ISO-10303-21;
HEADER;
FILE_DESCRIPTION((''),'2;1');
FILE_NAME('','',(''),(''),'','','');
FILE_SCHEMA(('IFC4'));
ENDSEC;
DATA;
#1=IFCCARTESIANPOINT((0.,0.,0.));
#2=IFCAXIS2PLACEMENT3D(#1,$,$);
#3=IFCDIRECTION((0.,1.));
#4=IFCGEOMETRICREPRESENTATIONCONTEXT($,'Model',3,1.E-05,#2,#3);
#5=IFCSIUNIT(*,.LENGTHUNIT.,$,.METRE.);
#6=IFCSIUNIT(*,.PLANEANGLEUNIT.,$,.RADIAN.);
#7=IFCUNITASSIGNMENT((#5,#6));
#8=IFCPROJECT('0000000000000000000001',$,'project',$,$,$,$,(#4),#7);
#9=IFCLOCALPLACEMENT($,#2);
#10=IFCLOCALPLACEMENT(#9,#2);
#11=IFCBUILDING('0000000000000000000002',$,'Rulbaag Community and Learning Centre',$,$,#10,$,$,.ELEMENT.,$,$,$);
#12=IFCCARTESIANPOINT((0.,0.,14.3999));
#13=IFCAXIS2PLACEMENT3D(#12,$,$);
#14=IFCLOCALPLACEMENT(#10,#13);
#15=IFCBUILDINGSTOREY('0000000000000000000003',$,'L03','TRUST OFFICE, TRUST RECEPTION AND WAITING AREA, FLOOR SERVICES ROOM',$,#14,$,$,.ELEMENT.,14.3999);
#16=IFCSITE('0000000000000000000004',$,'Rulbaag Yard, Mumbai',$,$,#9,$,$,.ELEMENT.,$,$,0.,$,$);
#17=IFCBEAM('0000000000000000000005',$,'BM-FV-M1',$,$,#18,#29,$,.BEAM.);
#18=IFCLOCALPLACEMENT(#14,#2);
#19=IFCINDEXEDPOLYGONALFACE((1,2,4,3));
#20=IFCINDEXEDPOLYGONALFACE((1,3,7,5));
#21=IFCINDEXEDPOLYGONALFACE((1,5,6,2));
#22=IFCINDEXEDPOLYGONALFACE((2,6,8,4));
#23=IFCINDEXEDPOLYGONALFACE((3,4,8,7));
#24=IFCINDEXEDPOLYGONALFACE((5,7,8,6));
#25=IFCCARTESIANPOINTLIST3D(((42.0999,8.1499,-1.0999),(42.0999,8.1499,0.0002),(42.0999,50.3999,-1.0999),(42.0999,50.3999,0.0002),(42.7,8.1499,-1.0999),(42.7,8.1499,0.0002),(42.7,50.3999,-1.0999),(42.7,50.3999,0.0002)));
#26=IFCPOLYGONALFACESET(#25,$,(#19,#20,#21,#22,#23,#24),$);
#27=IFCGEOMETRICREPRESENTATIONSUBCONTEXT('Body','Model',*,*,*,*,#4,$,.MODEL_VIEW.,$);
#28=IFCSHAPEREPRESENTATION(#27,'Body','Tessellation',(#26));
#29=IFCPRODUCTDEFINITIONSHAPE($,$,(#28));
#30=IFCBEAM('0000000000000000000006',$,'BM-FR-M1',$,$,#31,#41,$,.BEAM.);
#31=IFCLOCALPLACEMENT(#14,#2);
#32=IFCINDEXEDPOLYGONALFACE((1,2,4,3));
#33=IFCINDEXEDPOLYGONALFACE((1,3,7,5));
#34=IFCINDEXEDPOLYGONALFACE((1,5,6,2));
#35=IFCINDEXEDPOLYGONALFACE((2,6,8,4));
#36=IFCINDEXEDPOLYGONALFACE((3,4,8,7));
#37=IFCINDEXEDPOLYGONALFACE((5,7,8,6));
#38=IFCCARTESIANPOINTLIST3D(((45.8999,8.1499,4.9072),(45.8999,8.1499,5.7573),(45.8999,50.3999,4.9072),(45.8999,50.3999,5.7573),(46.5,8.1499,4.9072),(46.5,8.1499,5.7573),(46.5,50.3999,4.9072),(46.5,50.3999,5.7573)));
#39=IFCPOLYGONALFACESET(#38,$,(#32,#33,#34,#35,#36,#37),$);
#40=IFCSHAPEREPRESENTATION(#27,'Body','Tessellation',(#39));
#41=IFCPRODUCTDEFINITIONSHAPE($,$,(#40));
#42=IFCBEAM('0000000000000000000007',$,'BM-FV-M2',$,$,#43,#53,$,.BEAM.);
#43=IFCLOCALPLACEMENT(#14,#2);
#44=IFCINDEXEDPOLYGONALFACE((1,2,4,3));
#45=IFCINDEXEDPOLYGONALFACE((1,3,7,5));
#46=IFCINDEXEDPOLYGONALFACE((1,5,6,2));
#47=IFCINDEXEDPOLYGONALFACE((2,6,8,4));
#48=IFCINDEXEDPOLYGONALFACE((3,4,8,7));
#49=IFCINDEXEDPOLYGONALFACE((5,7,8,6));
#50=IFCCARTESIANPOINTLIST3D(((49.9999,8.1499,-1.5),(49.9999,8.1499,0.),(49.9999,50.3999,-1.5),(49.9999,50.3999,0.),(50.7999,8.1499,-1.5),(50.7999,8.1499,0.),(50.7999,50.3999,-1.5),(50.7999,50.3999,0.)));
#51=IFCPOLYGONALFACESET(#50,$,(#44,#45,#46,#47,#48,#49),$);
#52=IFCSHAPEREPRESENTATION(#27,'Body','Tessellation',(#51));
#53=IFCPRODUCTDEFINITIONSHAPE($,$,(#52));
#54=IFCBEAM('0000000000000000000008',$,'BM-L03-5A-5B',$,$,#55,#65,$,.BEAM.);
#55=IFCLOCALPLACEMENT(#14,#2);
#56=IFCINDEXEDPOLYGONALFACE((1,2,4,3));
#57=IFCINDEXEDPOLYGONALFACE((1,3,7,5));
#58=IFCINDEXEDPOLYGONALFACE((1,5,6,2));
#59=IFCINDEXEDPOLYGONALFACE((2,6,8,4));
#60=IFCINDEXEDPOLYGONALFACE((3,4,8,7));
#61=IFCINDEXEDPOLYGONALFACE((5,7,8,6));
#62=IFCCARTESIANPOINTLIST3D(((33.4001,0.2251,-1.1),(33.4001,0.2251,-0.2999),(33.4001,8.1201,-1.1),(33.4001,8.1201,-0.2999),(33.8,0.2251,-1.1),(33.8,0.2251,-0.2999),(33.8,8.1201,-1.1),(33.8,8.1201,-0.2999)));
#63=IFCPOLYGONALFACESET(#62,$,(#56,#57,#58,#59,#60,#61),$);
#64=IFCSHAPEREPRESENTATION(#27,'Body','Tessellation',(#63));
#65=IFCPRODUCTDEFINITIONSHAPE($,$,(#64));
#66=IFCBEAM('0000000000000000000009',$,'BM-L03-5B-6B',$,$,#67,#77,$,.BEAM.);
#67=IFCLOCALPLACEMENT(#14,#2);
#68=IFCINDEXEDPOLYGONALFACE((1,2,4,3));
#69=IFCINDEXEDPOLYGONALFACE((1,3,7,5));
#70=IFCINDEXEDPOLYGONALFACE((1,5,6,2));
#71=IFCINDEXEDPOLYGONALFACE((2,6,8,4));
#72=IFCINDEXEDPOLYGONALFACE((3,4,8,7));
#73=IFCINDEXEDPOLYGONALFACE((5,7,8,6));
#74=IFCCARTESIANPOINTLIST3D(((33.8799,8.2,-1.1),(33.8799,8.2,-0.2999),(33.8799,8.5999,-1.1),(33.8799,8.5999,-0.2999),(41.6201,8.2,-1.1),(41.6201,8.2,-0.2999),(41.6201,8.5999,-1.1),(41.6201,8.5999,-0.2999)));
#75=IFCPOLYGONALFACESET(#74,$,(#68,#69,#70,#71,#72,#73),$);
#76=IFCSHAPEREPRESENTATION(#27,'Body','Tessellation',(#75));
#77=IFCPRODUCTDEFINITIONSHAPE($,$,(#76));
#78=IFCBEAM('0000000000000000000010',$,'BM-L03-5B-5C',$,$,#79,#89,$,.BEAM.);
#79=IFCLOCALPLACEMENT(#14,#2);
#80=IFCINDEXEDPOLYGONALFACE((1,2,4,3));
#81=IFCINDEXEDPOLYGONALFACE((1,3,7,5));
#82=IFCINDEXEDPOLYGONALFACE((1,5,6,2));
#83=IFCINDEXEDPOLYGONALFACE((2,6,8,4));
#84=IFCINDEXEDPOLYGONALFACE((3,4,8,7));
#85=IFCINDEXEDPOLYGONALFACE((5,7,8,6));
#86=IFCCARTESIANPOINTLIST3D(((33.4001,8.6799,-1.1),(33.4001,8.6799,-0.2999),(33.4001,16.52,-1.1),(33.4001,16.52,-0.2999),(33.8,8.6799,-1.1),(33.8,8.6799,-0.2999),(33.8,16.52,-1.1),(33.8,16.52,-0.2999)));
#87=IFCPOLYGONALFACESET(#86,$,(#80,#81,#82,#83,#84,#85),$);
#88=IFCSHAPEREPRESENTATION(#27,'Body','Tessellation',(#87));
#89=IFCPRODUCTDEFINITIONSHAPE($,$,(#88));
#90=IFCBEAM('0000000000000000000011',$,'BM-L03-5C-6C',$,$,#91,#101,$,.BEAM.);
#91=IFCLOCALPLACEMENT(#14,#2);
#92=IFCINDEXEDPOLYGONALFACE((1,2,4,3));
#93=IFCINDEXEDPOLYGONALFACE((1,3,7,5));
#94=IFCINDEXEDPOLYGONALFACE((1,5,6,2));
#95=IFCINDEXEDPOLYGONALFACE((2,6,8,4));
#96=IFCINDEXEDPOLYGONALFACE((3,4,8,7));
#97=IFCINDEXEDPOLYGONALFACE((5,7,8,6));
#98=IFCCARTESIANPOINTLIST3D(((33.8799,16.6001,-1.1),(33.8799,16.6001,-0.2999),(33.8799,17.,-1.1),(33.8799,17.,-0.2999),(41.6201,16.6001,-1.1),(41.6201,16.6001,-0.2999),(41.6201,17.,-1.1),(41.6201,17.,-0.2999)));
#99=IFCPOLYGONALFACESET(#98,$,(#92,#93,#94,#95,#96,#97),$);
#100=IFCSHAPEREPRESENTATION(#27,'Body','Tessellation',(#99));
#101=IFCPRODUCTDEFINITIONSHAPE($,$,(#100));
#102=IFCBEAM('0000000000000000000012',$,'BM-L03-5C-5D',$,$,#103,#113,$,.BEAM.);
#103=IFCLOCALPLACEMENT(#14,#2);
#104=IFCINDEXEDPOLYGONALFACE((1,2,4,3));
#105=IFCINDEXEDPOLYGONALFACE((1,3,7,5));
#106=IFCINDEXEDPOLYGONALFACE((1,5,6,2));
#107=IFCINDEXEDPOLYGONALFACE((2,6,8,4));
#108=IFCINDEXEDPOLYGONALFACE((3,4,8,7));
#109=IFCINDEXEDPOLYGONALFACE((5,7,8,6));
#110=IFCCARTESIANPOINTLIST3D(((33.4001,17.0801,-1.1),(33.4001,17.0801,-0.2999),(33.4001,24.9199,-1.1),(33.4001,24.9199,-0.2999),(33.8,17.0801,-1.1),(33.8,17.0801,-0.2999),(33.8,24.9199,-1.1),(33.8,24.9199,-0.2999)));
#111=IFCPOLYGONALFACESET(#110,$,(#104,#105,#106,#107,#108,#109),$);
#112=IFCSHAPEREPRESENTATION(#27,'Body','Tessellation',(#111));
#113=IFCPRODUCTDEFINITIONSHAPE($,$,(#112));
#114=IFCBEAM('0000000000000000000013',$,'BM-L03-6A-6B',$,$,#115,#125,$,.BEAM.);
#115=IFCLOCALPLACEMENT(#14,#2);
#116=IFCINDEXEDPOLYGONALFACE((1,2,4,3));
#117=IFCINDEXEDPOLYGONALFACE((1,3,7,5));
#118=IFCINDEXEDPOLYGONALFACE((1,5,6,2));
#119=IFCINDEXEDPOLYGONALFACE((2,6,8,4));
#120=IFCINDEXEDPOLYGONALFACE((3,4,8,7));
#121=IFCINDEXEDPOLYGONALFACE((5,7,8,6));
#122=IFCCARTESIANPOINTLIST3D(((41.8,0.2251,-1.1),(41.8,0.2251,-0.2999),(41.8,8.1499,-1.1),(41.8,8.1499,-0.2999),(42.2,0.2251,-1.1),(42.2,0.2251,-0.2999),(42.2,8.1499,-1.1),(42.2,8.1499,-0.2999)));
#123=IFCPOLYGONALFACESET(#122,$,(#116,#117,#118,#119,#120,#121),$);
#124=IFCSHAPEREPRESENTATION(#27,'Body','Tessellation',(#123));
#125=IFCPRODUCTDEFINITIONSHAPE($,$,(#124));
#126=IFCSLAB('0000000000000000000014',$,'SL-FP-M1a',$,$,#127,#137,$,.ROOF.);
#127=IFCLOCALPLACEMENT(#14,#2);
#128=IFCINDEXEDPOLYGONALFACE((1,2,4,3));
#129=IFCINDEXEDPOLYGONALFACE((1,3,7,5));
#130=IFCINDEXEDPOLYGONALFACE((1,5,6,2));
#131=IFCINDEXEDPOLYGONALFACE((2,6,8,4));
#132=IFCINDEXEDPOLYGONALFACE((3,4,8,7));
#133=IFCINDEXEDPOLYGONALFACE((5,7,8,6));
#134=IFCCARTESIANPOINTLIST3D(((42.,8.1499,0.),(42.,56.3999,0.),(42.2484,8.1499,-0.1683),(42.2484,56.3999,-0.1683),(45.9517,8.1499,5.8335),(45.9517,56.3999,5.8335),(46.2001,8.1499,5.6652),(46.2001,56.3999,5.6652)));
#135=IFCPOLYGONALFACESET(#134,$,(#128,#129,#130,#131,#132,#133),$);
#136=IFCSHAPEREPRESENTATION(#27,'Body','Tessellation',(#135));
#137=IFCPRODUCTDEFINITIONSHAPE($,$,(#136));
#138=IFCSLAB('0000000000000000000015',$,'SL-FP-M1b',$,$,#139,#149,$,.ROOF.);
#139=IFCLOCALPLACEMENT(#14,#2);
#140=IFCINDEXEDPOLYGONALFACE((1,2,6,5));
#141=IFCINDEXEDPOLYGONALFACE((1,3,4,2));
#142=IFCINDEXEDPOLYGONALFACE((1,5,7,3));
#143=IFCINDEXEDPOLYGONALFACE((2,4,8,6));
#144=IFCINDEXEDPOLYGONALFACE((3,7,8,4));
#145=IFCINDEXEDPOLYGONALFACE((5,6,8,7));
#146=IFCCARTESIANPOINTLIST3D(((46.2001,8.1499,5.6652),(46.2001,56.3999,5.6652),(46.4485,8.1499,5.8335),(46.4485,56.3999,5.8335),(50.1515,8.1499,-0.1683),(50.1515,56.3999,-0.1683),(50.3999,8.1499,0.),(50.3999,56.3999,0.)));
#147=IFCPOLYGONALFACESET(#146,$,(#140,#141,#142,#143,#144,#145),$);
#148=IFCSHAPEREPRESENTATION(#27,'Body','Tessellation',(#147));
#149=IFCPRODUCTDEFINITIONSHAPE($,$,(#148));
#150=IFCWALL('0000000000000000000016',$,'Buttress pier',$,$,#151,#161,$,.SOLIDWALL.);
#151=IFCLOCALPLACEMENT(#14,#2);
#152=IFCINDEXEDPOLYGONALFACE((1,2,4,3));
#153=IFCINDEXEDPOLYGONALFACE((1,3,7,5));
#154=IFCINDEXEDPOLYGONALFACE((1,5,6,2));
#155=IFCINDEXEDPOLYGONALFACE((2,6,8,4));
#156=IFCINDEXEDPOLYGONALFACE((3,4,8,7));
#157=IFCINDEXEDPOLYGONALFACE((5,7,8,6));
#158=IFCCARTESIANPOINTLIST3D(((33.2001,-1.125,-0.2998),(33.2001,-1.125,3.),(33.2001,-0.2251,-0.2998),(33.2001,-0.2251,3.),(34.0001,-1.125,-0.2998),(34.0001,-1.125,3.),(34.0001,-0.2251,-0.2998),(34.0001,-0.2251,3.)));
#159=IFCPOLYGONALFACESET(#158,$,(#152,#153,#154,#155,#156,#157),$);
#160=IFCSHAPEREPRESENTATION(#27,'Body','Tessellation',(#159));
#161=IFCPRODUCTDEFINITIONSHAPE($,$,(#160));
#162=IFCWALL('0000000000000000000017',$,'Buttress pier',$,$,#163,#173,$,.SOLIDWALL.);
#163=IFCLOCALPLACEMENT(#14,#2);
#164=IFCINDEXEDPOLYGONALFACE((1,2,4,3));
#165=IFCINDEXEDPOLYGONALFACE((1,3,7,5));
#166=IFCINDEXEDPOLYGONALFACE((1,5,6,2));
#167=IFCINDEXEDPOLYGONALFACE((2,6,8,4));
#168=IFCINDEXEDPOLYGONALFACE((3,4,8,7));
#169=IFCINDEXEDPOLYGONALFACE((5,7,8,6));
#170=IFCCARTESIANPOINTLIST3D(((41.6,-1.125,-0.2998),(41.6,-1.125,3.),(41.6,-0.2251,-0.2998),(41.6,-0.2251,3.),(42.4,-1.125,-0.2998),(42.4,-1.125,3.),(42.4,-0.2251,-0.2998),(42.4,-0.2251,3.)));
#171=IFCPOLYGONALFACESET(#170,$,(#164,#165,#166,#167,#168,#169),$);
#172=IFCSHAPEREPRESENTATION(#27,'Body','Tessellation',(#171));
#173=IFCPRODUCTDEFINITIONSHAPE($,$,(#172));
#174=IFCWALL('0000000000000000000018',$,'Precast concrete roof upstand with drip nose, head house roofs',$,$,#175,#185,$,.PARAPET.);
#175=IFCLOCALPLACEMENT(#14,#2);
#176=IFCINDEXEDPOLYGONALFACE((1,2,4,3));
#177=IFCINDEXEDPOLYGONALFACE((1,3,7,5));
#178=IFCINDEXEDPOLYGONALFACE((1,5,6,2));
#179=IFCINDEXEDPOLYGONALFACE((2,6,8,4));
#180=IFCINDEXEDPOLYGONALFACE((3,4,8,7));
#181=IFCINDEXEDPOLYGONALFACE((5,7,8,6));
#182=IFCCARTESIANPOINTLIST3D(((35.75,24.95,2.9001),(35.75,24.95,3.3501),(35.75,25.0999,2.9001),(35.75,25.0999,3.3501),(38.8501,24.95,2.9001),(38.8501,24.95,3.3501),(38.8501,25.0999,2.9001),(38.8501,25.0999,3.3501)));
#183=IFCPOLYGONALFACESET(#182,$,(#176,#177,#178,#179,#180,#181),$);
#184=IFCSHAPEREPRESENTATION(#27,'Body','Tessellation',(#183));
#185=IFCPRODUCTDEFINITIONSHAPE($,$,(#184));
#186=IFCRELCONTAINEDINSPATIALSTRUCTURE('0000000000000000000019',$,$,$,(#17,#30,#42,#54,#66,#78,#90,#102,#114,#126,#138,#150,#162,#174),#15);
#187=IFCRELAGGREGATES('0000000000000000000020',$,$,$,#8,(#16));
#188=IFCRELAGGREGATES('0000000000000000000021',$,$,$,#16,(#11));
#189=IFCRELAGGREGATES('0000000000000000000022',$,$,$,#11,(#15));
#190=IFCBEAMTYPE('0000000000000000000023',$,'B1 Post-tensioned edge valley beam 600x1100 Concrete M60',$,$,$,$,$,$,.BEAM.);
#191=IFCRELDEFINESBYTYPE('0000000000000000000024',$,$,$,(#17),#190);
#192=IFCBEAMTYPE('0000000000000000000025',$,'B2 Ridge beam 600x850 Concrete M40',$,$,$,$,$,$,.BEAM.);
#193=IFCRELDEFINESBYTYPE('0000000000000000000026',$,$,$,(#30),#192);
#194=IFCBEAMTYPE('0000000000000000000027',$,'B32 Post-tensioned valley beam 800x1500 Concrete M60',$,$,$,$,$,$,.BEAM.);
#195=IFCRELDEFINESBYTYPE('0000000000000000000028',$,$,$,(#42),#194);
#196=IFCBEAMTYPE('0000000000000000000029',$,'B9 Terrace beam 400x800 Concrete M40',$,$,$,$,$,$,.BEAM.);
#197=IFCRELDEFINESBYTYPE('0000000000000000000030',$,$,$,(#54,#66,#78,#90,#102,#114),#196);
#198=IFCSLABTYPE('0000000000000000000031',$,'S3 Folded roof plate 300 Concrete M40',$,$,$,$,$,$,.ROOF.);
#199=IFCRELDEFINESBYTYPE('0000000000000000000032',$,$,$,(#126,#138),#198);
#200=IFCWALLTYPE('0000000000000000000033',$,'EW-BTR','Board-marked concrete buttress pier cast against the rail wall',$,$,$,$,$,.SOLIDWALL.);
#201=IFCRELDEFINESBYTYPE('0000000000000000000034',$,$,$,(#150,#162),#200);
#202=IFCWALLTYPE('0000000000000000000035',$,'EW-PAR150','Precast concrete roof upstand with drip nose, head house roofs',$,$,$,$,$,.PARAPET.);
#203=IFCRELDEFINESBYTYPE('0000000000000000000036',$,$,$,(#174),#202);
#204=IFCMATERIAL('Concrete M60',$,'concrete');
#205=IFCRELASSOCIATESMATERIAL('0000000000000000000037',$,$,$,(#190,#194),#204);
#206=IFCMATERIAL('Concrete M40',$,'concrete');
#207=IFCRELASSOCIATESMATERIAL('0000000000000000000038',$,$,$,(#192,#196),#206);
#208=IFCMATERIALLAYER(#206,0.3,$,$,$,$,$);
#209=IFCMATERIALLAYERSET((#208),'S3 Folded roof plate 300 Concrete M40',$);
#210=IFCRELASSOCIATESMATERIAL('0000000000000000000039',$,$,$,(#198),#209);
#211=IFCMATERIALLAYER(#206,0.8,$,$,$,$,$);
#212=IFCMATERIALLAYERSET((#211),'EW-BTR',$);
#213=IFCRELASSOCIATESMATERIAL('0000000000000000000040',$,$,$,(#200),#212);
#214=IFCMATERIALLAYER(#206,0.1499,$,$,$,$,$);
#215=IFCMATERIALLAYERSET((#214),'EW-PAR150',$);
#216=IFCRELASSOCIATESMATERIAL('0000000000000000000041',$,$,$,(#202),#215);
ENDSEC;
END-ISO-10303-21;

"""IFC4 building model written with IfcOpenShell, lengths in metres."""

from ifc_helpers import new_model, si_unit, direction, frame, frame_2d, origin, origin_2d, place, context, subcontext, project, spatial, polyline, rectangle, outline, extrude, material, layer, layer_set, material_profile, profile_set, type_object, element, save


model = new_model("IFC4")

# Units and contexts
model_context = context("Model", 3, precision=1e-05, world=origin(), true_north=direction((0.0, 1.0)))
body_context = subcontext(model_context, "Body", "Model", "MODEL_VIEW")
ifc_project = project(units=[si_unit("LENGTHUNIT", "METRE"), si_unit("PLANEANGLEUNIT", "RADIAN")], contexts=[model_context])

# Site, building, storey
site_placement = place(None, origin())
site = spatial("IfcSite", under=ifc_project, at=site_placement, Name="Rulbaag Yard, Mumbai", CompositionType="ELEMENT", RefElevation=0.0)
building_placement = place(site_placement, origin())
building = spatial("IfcBuilding", under=site, at=building_placement, Name="Rulbaag Community and Learning Centre", CompositionType="ELEMENT")
storey_placement = place(building_placement, frame((0.0, 0.0, 14.3999)))
storey = spatial("IfcBuildingStorey", under=building, at=storey_placement, Name="L03", Description="TRUST OFFICE, TRUST RECEPTION AND WAITING AREA, FLOOR SERVICES ROOM", CompositionType="ELEMENT", Elevation=14.3999)

# Beams
ifc_material_1 = material(Name="Concrete M60", Category="concrete")
ifc_material_profile_1 = material_profile(ifc_material_1, rectangle(XDim=0.6001, YDim=1.1001, at=origin_2d()), Name="RB600x1100")
ifc_profile_set_1 = profile_set([ifc_material_profile_1], Name="Concrete M60")
beam_type_1 = type_object("IfcBeamType", Name="B1 Post-tensioned edge valley beam 600x1100 Concrete M60", PredefinedType="BEAM", material=ifc_profile_set_1)
beam_1_placement = place(storey_placement, frame((42.3999, 8.1499, -0.5498), z_axis=(0.0, 1.0, 0.0), x_axis=(-1.0, 0.0, 0.0)))
element("IfcBeam", 1, at=beam_1_placement, inside=storey, type_object=beam_type_1, Name="BM-FV-M1", PredefinedType="BEAM", context=body_context, shape_type="SweptSolid", body=[
    extrude(rectangle(XDim=0.6001, YDim=1.1001, at=origin_2d()), origin(), (0.0, 0.0, 1.0), 42.25),
])
ifc_material_2 = material(Name="Concrete M40", Category="concrete")
ifc_material_profile_2 = material_profile(ifc_material_2, rectangle(XDim=0.6001, YDim=0.8501, at=origin_2d()), Name="RB600x850")
ifc_profile_set_2 = profile_set([ifc_material_profile_2], Name="Concrete M40")
beam_type_2 = type_object("IfcBeamType", Name="B2 Ridge beam 600x850 Concrete M40", PredefinedType="BEAM", material=ifc_profile_set_2)
beam_2_placement = place(storey_placement, frame((46.2, 8.1499, 5.3323), z_axis=(0.0, 1.0, 0.0), x_axis=(-1.0, 0.0, 0.0)))
element("IfcBeam", 2, at=beam_2_placement, inside=storey, type_object=beam_type_2, Name="BM-FR-M1", PredefinedType="BEAM", context=body_context, shape_type="SweptSolid", body=[
    extrude(rectangle(XDim=0.6001, YDim=0.8501, at=origin_2d()), origin(), (0.0, 0.0, 1.0), 42.25),
])
ifc_material_profile_3 = material_profile(ifc_material_1, rectangle(XDim=0.8, YDim=1.5, at=origin_2d()), Name="RB800x1500")
ifc_profile_set_3 = profile_set([ifc_material_profile_3], Name="Concrete M60")
beam_type_3 = type_object("IfcBeamType", Name="B32 Post-tensioned valley beam 800x1500 Concrete M60", PredefinedType="BEAM", material=ifc_profile_set_3)
beam_3_placement = place(storey_placement, frame((50.3999, 8.1499, -0.75), z_axis=(0.0, 1.0, 0.0), x_axis=(-1.0, 0.0, 0.0)))
element("IfcBeam", 3, at=beam_3_placement, inside=storey, type_object=beam_type_3, Name="BM-FV-M2", PredefinedType="BEAM", context=body_context, shape_type="SweptSolid", body=[
    extrude(rectangle(XDim=0.8, YDim=1.5, at=origin_2d()), origin(), (0.0, 0.0, 1.0), 42.25),
])
ifc_material_profile_4 = material_profile(ifc_material_2, rectangle(XDim=0.3999, YDim=0.8, at=origin_2d()), Name="RB400x800")
ifc_profile_set_4 = profile_set([ifc_material_profile_4], Name="Concrete M40")
beam_type_4 = type_object("IfcBeamType", Name="B9 Terrace beam 400x800 Concrete M40", PredefinedType="BEAM", material=ifc_profile_set_4)
beam_4_placement = place(storey_placement, frame((33.6001, 0.2251, -0.7), z_axis=(0.0, 1.0, 0.0), x_axis=(-1.0, 0.0, 0.0)))
element("IfcBeam", 4, at=beam_4_placement, inside=storey, type_object=beam_type_4, Name="BM-L03-5A-5B", PredefinedType="BEAM", context=body_context, shape_type="SweptSolid", body=[
    extrude(rectangle(XDim=0.3999, YDim=0.8, at=origin_2d()), origin(), (0.0, 0.0, 1.0), 7.895),
])
beam_5_placement = place(storey_placement, frame((33.8799, 8.3999, -0.7), z_axis=(1.0, 0.0, 0.0), x_axis=(0.0, 1.0, 0.0)))
element("IfcBeam", 5, at=beam_5_placement, inside=storey, type_object=beam_type_4, Name="BM-L03-5B-6B", PredefinedType="BEAM", context=body_context, shape_type="SweptSolid", body=[
    extrude(rectangle(XDim=0.3999, YDim=0.8, at=origin_2d()), origin(), (0.0, 0.0, 1.0), 7.7402),
])
beam_6_placement = place(storey_placement, frame((33.6001, 8.6799, -0.7), z_axis=(0.0, 1.0, 0.0), x_axis=(-1.0, 0.0, 0.0)))
element("IfcBeam", 6, at=beam_6_placement, inside=storey, type_object=beam_type_4, Name="BM-L03-5B-5C", PredefinedType="BEAM", context=body_context, shape_type="SweptSolid", body=[
    extrude(rectangle(XDim=0.3999, YDim=0.8, at=origin_2d()), origin(), (0.0, 0.0, 1.0), 7.8401),
])
beam_7_placement = place(storey_placement, frame((33.8799, 16.8, -0.7), z_axis=(1.0, 0.0, 0.0), x_axis=(0.0, 1.0, 0.0)))
element("IfcBeam", 7, at=beam_7_placement, inside=storey, type_object=beam_type_4, Name="BM-L03-5C-6C", PredefinedType="BEAM", context=body_context, shape_type="SweptSolid", body=[
    extrude(rectangle(XDim=0.3999, YDim=0.8, at=origin_2d()), origin(), (0.0, 0.0, 1.0), 7.7402),
])
beam_8_placement = place(storey_placement, frame((33.6001, 17.0801, -0.7), z_axis=(0.0, 1.0, 0.0), x_axis=(-1.0, 0.0, 0.0)))
element("IfcBeam", 8, at=beam_8_placement, inside=storey, type_object=beam_type_4, Name="BM-L03-5C-5D", PredefinedType="BEAM", context=body_context, shape_type="SweptSolid", body=[
    extrude(rectangle(XDim=0.3999, YDim=0.8, at=origin_2d()), origin(), (0.0, 0.0, 1.0), 7.8398),
])
beam_9_placement = place(storey_placement, frame((42.0, 0.2251, -0.7), z_axis=(0.0, 1.0, 0.0), x_axis=(-1.0, 0.0, 0.0)))
element("IfcBeam", 9, at=beam_9_placement, inside=storey, type_object=beam_type_4, Name="BM-L03-6A-6B", PredefinedType="BEAM", context=body_context, shape_type="SweptSolid", body=[
    extrude(rectangle(XDim=0.3999, YDim=0.8, at=origin_2d()), origin(), (0.0, 0.0, 1.0), 7.9248),
])

# Slabs
ifc_layer_1 = layer(ifc_material_2, 0.3)
ifc_layer_set_1 = layer_set([ifc_layer_1], Name="S3 Folded roof plate 300 Concrete M40")
slab_type = type_object("IfcSlabType", Name="S3 Folded roof plate 300 Concrete M40", PredefinedType="ROOF", material=ifc_layer_set_1)
slab_1_placement = place(storey_placement, frame((42.0, 8.1499, 0.0), z_axis=(-0.827923, 0.0, 0.560842), x_axis=(0.560842, 0.0, 0.827923)))
element("IfcSlab", 10, at=slab_1_placement, inside=storey, type_object=slab_type, Name="SL-FP-M1a", PredefinedType="ROOF", context=body_context, shape_type="SweptSolid", body=[
    extrude(outline(polyline([(0.0, 0.0), (7.0459, 0.0), (7.0459, 48.25), (0.0, 48.25), (0.0, 0.0)])), origin(), (0.0, 0.0, -1.0), 0.3),
])
slab_2_placement = place(storey_placement, frame((46.4485, 8.1499, 5.8335), z_axis=(0.827939, 0.0, 0.560818), x_axis=(0.560818, 0.0, -0.827939)))
element("IfcSlab", 11, at=slab_2_placement, inside=storey, type_object=slab_type, Name="SL-FP-M1b", PredefinedType="ROOF", context=body_context, shape_type="SweptSolid", body=[
    extrude(outline(polyline([(0.0, 0.0), (7.0458, 0.0), (7.0458, 48.25), (0.0, 48.25), (0.0, 0.0)])), origin(), (0.0, 0.0, -1.0), 0.3),
])

# Walls
ifc_layer_2 = layer(ifc_material_2, 0.8)
ifc_layer_set_2 = layer_set([ifc_layer_2], Name="EW-BTR")
wall_type_1 = type_object("IfcWallType", Name="EW-BTR", Description="Board-marked concrete buttress pier cast against the rail wall", PredefinedType="SOLIDWALL", material=ifc_layer_set_2)
for number, where, z_axis, x_axis, name in (
    (12, (33.6001, -0.2251, -0.2998), (0.0, 0.0, 1.0), (0.0, -1.0, 0.0), "Buttress pier"),
    (13, (42.0, -0.2251, -0.2998), (0.0, 0.0, 1.0), (0.0, -1.0, 0.0), "Buttress pier"),
):
    element("IfcWall", number, at=place(storey_placement, frame(where, z_axis=z_axis, x_axis=x_axis)), inside=storey, type_object=wall_type_1, Name=name, PredefinedType="SOLIDWALL", context=body_context, shape_type="SweptSolid", body=[
        extrude(rectangle(XDim=0.8999, YDim=0.8, at=frame_2d((0.45, 0.0))), origin(), (0.0, 0.0, 1.0), 3.2998),
    ])
ifc_layer_3 = layer(ifc_material_2, 0.1499)
ifc_layer_set_3 = layer_set([ifc_layer_3], Name="EW-PAR150")
wall_type_2 = type_object("IfcWallType", Name="EW-PAR150", Description="Precast concrete roof upstand with drip nose, head house roofs", PredefinedType="PARAPET", material=ifc_layer_set_3)
wall_1_placement = place(storey_placement, frame((35.75, 25.0249, 2.9001), z_axis=(0.0, 0.0, 1.0), x_axis=(1.0, 0.0, 0.0)))
element("IfcWall", 14, at=wall_1_placement, inside=storey, type_object=wall_type_2, Name="Precast concrete roof upstand with drip nose, head house roofs", PredefinedType="PARAPET", context=body_context, shape_type="SweptSolid", body=[
    extrude(rectangle(XDim=3.1001, YDim=0.1499, at=frame_2d((1.55, 0.0))), origin(), (0.0, 0.0, 1.0), 0.45),
])

save(model, "model.ifc")
